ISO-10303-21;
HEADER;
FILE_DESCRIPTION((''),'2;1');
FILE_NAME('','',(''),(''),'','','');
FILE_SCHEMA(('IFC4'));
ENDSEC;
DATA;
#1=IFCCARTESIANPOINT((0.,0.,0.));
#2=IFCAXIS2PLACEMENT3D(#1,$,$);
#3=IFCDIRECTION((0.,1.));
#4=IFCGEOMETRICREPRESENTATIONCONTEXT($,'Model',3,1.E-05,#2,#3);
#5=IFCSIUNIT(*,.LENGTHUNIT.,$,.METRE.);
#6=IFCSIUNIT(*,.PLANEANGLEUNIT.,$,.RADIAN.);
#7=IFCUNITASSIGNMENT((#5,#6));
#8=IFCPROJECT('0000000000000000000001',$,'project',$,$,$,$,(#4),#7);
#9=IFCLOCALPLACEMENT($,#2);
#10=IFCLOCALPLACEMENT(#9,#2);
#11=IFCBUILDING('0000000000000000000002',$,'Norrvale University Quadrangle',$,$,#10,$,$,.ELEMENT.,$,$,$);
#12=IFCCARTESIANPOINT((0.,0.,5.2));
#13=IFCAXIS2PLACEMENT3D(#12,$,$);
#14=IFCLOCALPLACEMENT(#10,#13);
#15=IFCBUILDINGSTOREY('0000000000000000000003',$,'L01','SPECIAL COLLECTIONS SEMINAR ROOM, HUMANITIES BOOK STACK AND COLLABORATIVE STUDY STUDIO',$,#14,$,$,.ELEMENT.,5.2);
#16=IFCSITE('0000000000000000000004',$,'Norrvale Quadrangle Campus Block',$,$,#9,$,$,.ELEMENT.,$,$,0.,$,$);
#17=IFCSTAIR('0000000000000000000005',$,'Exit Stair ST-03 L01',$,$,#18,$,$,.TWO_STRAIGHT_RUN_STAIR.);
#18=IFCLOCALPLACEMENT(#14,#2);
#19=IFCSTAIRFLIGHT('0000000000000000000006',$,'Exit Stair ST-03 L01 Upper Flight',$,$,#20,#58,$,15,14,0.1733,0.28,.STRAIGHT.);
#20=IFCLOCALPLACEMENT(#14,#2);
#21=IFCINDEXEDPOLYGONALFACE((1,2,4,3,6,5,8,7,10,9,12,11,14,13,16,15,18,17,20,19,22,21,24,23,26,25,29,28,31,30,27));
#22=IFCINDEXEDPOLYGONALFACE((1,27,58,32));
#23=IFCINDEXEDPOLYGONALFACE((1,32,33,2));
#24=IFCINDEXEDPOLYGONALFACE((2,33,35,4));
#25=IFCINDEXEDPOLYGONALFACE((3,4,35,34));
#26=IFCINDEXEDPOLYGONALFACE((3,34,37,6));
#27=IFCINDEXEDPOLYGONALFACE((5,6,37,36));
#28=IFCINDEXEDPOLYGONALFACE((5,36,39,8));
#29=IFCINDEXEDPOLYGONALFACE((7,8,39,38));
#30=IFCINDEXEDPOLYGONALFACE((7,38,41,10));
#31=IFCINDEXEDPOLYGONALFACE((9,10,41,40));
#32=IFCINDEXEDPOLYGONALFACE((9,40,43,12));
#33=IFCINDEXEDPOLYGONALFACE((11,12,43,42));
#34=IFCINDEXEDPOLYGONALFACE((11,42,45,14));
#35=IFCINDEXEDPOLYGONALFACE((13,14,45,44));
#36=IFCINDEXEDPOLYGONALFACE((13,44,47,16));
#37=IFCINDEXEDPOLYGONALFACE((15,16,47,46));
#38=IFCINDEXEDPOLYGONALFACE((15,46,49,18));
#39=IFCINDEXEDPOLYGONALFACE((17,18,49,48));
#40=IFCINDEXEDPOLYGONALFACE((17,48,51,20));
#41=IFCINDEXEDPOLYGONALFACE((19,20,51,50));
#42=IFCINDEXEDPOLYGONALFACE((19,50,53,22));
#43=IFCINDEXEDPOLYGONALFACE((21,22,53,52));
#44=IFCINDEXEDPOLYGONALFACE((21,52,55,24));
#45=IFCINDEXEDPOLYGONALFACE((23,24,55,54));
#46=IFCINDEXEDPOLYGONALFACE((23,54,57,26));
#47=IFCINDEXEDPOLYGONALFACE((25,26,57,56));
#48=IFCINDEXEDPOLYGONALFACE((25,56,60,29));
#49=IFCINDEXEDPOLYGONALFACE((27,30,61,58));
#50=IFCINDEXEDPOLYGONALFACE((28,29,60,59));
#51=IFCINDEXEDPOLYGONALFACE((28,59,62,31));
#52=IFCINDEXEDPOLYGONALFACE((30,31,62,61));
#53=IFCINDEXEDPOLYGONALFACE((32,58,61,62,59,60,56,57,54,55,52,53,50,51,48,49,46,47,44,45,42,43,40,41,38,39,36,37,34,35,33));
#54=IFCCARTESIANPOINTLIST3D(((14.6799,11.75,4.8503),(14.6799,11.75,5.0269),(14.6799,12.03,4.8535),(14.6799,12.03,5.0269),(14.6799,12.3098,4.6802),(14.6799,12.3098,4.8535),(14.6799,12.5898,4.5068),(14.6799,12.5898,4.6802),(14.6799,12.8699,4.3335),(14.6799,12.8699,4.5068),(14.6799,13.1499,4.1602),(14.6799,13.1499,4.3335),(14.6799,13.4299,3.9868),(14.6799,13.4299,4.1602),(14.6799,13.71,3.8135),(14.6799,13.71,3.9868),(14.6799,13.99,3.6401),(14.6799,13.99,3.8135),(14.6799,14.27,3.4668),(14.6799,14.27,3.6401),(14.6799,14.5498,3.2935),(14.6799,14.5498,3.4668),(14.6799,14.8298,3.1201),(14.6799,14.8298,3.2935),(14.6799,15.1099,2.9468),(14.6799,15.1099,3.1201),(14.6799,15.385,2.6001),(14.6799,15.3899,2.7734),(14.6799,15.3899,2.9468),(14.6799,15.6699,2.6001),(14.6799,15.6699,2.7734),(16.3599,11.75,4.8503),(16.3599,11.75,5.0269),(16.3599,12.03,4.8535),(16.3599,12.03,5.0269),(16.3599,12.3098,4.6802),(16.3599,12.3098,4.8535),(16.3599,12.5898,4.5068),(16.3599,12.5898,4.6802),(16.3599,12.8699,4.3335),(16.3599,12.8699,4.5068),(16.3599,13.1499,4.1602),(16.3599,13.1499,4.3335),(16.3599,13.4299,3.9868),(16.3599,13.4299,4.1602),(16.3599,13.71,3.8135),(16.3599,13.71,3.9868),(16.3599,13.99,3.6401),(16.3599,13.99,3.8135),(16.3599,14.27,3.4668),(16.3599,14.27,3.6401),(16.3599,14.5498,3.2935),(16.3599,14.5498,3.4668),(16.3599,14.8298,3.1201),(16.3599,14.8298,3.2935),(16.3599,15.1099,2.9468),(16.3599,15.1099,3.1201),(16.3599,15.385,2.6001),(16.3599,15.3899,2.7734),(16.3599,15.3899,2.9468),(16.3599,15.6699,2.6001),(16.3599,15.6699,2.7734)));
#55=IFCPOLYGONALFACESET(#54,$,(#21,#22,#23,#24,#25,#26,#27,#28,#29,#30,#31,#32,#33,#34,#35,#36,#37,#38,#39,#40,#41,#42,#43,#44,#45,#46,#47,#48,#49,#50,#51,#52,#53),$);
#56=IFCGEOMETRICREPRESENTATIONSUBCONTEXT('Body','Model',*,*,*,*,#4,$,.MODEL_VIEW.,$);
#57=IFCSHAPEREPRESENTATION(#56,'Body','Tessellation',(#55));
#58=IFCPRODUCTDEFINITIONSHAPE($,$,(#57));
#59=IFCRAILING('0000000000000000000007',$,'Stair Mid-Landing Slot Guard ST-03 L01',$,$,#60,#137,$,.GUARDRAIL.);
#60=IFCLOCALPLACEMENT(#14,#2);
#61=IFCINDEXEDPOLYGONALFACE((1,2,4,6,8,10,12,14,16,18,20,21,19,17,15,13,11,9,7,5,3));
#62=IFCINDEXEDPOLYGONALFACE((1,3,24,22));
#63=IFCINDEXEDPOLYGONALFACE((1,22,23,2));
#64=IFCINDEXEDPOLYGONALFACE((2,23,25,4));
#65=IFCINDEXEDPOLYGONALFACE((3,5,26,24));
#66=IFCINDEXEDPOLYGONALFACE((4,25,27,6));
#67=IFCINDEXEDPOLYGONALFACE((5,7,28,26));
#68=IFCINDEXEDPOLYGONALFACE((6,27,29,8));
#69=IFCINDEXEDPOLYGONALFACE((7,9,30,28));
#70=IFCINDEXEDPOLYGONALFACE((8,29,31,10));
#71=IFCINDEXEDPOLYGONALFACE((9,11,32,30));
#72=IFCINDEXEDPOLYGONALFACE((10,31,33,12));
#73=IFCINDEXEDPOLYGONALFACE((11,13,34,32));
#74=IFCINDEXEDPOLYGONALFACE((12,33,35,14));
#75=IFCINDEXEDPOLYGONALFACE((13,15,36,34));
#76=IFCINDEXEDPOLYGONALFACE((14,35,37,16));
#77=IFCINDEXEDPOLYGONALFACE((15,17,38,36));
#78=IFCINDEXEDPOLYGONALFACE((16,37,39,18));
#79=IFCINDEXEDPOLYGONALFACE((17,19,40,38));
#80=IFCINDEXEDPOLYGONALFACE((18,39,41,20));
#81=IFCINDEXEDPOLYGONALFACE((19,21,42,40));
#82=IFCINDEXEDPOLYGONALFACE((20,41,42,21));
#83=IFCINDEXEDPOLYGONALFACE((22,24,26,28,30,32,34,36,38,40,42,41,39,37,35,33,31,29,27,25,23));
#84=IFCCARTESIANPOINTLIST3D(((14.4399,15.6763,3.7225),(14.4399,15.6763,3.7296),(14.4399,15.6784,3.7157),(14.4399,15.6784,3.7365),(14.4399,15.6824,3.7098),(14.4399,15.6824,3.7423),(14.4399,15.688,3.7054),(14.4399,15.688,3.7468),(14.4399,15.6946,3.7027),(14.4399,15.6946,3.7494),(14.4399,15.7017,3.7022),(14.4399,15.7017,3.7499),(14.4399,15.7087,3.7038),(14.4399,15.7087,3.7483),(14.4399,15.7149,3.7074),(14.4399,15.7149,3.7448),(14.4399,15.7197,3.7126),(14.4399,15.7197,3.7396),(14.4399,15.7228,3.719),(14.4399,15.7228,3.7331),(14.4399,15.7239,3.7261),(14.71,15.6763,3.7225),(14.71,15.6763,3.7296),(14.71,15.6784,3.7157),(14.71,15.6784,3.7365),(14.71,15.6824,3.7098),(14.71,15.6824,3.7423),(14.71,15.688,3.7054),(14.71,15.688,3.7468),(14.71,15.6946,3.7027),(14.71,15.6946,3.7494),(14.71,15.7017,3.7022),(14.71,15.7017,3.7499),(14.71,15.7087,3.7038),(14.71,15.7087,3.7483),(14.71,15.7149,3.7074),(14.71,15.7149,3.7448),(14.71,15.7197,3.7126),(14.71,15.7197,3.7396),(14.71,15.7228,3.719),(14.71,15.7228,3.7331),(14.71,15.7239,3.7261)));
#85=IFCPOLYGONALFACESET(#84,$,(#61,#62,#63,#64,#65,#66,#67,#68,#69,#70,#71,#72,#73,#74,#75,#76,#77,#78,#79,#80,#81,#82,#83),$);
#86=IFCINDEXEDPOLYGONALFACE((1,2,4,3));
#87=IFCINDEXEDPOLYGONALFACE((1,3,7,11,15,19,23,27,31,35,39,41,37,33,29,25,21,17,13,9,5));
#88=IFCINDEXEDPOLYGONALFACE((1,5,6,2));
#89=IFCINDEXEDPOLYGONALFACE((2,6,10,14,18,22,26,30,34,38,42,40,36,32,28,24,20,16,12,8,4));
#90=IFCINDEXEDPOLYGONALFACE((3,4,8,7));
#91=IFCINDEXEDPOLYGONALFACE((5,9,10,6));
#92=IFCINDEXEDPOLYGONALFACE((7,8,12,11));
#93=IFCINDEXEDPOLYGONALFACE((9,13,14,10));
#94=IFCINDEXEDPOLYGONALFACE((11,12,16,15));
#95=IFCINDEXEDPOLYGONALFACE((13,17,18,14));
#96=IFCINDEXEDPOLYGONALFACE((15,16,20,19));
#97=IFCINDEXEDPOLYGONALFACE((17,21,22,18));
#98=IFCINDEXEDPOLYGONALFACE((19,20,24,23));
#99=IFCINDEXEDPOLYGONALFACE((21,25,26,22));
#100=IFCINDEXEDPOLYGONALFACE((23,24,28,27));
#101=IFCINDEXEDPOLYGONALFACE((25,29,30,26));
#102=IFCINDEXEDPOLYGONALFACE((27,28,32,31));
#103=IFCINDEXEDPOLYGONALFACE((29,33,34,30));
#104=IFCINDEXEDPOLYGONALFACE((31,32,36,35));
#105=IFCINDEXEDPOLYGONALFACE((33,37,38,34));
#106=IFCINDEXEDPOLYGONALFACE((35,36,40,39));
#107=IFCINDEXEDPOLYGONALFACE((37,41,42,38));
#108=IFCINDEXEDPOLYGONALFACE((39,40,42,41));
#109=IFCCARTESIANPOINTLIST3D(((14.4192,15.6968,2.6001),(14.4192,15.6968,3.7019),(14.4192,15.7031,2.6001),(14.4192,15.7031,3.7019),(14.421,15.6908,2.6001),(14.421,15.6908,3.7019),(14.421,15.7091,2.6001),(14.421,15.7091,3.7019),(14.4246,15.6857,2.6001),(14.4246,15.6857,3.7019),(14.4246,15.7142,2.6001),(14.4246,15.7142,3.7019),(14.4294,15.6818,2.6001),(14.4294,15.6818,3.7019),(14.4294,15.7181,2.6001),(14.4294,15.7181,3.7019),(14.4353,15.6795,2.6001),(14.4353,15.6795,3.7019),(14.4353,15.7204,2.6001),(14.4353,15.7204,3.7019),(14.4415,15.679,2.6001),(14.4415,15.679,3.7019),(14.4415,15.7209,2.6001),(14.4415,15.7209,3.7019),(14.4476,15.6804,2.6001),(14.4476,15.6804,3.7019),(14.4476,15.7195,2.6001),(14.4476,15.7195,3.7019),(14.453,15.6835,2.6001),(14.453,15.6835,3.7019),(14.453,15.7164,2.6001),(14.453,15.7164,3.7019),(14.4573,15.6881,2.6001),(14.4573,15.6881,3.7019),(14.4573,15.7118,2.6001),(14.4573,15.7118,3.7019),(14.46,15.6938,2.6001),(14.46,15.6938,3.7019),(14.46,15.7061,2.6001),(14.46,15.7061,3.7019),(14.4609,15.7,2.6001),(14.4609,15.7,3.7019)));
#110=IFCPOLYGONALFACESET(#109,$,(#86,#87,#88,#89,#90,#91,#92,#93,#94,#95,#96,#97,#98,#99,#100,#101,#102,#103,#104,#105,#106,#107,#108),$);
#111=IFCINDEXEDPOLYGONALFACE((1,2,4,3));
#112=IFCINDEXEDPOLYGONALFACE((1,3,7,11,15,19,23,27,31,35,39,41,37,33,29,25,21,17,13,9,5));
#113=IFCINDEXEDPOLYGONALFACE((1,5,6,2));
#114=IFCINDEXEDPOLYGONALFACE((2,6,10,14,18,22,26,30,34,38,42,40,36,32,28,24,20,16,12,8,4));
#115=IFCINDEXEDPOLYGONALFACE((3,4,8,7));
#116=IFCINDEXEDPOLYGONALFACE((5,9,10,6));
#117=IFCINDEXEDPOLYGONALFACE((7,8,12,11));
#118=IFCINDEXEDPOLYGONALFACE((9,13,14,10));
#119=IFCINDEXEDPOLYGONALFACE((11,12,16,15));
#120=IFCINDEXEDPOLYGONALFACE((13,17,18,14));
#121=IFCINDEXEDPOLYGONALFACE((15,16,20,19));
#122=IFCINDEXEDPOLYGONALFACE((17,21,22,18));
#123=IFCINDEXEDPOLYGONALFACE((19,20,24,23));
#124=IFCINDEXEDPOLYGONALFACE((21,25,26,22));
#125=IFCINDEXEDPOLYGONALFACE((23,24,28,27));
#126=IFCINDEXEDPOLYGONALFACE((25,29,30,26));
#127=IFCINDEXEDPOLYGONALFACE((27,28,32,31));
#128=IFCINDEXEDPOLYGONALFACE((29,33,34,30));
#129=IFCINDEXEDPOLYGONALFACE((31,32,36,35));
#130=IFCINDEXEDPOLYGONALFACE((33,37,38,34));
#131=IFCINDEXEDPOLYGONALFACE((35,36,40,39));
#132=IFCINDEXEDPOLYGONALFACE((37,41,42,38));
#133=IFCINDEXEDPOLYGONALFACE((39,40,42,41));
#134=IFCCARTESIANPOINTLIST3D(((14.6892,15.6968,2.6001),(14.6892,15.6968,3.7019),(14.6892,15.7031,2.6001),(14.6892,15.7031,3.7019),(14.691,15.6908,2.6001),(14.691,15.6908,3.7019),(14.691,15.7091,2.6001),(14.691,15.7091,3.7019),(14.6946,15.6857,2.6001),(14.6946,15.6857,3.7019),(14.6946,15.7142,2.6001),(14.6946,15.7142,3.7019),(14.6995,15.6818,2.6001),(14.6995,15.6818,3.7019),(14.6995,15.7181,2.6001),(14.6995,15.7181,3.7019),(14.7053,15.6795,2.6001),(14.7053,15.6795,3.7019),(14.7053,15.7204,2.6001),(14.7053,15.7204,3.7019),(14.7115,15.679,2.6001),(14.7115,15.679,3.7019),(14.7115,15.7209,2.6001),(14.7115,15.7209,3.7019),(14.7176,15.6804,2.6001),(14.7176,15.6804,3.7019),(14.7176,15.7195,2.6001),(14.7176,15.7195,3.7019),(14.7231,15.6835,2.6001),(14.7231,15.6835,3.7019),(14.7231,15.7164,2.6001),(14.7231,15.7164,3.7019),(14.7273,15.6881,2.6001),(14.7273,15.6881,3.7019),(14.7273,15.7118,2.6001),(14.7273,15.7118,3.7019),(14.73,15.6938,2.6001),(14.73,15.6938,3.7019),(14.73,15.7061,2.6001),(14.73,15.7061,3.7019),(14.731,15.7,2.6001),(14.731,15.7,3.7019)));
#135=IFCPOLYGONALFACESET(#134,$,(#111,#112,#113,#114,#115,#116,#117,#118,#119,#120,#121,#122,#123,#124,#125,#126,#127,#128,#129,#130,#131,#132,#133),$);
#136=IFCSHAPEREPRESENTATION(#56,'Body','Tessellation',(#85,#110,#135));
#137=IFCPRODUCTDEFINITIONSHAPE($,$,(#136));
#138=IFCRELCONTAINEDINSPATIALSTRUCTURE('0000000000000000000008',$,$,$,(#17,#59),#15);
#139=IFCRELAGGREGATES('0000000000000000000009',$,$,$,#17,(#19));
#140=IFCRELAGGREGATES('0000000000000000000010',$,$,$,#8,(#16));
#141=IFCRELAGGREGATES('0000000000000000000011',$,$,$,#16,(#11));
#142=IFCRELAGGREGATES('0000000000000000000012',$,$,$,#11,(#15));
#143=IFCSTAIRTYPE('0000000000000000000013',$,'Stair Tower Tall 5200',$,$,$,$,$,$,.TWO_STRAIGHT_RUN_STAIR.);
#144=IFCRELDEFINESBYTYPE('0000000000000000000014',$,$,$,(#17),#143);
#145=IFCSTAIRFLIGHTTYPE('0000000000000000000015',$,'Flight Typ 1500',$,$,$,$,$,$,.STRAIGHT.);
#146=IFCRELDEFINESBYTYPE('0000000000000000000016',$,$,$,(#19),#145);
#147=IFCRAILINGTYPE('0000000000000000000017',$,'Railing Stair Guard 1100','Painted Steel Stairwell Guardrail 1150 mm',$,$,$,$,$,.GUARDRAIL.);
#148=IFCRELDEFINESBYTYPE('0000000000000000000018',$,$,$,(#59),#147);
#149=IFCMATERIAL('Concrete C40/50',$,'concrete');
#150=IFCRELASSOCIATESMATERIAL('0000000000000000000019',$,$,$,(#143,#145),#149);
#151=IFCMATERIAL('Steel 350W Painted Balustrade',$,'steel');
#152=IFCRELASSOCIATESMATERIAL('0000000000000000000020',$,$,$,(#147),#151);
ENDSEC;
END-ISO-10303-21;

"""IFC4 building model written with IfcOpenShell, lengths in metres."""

from ifc_helpers import new_model, si_unit, direction, frame, origin, origin_2d, place, context, subcontext, project, spatial, polyline, circle, outline, extrude, material, type_object, element, aggregate, save


model = new_model("IFC4")

# Units and contexts
model_context = context("Model", 3, precision=1e-05, world=origin(), true_north=direction((0.0, 1.0)))
body_context = subcontext(model_context, "Body", "Model", "MODEL_VIEW")
ifc_project = project(units=[si_unit("LENGTHUNIT", "METRE"), si_unit("PLANEANGLEUNIT", "RADIAN")], contexts=[model_context])

# Site, building, storey
site_placement = place(None, origin())
site = spatial("IfcSite", under=ifc_project, at=site_placement, Name="Norrvale Quadrangle Campus Block", CompositionType="ELEMENT", RefElevation=0.0)
building_placement = place(site_placement, origin())
building = spatial("IfcBuilding", under=site, at=building_placement, Name="Norrvale University Quadrangle", CompositionType="ELEMENT")
storey_placement = place(building_placement, frame((0.0, 0.0, 5.2)))
storey = spatial("IfcBuildingStorey", under=building, at=storey_placement, Name="L01", Description="SPECIAL COLLECTIONS SEMINAR ROOM, HUMANITIES BOOK STACK AND COLLABORATIVE STUDY STUDIO", CompositionType="ELEMENT", Elevation=5.2)

# Stair, stair flight
ifc_material_1 = material(Name="Concrete C40/50", Category="concrete")
stair_type = type_object("IfcStairType", Name="Stair Tower Tall 5200", PredefinedType="TWO_STRAIGHT_RUN_STAIR", material=ifc_material_1)
stair_placement = place(storey_placement, origin())
stair = element("IfcStair", 1, at=stair_placement, inside=storey, type_object=stair_type, Name="Exit Stair ST-03 L01", PredefinedType="TWO_STRAIGHT_RUN_STAIR")
stair_flight_type = type_object("IfcStairFlightType", Name="Flight Typ 1500", PredefinedType="STRAIGHT", material=ifc_material_1)
stair_flight_placement = place(storey_placement, frame((15.52, 15.6699, 2.6001), z_axis=(0.0, 0.0, 1.0), x_axis=(0.0, -1.0, 0.0)))
stair_flight = element("IfcStairFlight", 2, at=stair_flight_placement, type_object=stair_flight_type, Name="Exit Stair ST-03 L01 Upper Flight", NumberOfRisers=15, NumberOfTreads=14, PredefinedType="STRAIGHT", RiserHeight=0.1733, TreadLength=0.28, context=body_context, shape_type="SweptSolid", body=[
    extrude(outline(polyline([(0.0, 0.0), (0.0, 0.1733), (0.28, 0.1733), (0.28, 0.3467), (0.5601, 0.3467), (0.5601, 0.52), (0.8401, 0.52), (0.8401, 0.6934), (1.1201, 0.6934), (1.1201, 0.8667), (1.3999, 0.8667), (1.3999, 1.04), (1.6799, 1.04), (1.6799, 1.2134), (1.96, 1.2134), (1.96, 1.3867), (2.24, 1.3867), (2.24, 1.5601), (2.52, 1.5601), (2.52, 1.7334), (2.8, 1.7334), (2.8, 1.9067), (3.0801, 1.9067), (3.0801, 2.0801), (3.3601, 2.0801), (3.3601, 2.2534), (3.6399, 2.2534), (3.6399, 2.4268), (3.9199, 2.4268), (3.9199, 2.6001), (3.9199, 2.2502), (0.2849, 0.0), (0.0, 0.0)])), frame((0.0, 0.8398, 0.0), z_axis=(0.0, -1.0, 0.0), x_axis=(1.0, 0.0, 0.0)), (0.0, 0.0, 1.0), 1.6799),
])
aggregate(stair, [stair_flight])

# Railing
ifc_material_2 = material(Name="Steel 350W Painted Balustrade", Category="steel")
railing_type_1 = type_object("IfcRailingType", Name="Railing Stair Guard 1100", Description="Painted Steel Stairwell Guardrail 1150 mm", PredefinedType="GUARDRAIL", material=ifc_material_2)
railing_1_placement = place(storey_placement, frame((14.4399, 15.7, 2.6001)))
element("IfcRailing", 3, at=railing_1_placement, inside=storey, type_object=railing_type_1, Name="Stair Mid-Landing Slot Guard ST-03 L01", PredefinedType="GUARDRAIL", context=body_context, shape_type="SweptSolid", body=[
    extrude(circle(Radius=0.0239, at=origin_2d()), frame((0.0, 0.0, 1.126), z_axis=(1.0, 0.0, 0.0), x_axis=(0.0, 1.0, 0.0)), (0.0, 0.0, 1.0), 0.27),
    extrude(circle(Radius=0.021, at=origin_2d()), origin(), (0.0, 0.0, 1.0), 1.1018),
    extrude(circle(Radius=0.021, at=origin_2d()), frame((0.27, 0.0, 0.0)), (0.0, 0.0, 1.0), 1.1018),
])

save(model, "model.ifc")
